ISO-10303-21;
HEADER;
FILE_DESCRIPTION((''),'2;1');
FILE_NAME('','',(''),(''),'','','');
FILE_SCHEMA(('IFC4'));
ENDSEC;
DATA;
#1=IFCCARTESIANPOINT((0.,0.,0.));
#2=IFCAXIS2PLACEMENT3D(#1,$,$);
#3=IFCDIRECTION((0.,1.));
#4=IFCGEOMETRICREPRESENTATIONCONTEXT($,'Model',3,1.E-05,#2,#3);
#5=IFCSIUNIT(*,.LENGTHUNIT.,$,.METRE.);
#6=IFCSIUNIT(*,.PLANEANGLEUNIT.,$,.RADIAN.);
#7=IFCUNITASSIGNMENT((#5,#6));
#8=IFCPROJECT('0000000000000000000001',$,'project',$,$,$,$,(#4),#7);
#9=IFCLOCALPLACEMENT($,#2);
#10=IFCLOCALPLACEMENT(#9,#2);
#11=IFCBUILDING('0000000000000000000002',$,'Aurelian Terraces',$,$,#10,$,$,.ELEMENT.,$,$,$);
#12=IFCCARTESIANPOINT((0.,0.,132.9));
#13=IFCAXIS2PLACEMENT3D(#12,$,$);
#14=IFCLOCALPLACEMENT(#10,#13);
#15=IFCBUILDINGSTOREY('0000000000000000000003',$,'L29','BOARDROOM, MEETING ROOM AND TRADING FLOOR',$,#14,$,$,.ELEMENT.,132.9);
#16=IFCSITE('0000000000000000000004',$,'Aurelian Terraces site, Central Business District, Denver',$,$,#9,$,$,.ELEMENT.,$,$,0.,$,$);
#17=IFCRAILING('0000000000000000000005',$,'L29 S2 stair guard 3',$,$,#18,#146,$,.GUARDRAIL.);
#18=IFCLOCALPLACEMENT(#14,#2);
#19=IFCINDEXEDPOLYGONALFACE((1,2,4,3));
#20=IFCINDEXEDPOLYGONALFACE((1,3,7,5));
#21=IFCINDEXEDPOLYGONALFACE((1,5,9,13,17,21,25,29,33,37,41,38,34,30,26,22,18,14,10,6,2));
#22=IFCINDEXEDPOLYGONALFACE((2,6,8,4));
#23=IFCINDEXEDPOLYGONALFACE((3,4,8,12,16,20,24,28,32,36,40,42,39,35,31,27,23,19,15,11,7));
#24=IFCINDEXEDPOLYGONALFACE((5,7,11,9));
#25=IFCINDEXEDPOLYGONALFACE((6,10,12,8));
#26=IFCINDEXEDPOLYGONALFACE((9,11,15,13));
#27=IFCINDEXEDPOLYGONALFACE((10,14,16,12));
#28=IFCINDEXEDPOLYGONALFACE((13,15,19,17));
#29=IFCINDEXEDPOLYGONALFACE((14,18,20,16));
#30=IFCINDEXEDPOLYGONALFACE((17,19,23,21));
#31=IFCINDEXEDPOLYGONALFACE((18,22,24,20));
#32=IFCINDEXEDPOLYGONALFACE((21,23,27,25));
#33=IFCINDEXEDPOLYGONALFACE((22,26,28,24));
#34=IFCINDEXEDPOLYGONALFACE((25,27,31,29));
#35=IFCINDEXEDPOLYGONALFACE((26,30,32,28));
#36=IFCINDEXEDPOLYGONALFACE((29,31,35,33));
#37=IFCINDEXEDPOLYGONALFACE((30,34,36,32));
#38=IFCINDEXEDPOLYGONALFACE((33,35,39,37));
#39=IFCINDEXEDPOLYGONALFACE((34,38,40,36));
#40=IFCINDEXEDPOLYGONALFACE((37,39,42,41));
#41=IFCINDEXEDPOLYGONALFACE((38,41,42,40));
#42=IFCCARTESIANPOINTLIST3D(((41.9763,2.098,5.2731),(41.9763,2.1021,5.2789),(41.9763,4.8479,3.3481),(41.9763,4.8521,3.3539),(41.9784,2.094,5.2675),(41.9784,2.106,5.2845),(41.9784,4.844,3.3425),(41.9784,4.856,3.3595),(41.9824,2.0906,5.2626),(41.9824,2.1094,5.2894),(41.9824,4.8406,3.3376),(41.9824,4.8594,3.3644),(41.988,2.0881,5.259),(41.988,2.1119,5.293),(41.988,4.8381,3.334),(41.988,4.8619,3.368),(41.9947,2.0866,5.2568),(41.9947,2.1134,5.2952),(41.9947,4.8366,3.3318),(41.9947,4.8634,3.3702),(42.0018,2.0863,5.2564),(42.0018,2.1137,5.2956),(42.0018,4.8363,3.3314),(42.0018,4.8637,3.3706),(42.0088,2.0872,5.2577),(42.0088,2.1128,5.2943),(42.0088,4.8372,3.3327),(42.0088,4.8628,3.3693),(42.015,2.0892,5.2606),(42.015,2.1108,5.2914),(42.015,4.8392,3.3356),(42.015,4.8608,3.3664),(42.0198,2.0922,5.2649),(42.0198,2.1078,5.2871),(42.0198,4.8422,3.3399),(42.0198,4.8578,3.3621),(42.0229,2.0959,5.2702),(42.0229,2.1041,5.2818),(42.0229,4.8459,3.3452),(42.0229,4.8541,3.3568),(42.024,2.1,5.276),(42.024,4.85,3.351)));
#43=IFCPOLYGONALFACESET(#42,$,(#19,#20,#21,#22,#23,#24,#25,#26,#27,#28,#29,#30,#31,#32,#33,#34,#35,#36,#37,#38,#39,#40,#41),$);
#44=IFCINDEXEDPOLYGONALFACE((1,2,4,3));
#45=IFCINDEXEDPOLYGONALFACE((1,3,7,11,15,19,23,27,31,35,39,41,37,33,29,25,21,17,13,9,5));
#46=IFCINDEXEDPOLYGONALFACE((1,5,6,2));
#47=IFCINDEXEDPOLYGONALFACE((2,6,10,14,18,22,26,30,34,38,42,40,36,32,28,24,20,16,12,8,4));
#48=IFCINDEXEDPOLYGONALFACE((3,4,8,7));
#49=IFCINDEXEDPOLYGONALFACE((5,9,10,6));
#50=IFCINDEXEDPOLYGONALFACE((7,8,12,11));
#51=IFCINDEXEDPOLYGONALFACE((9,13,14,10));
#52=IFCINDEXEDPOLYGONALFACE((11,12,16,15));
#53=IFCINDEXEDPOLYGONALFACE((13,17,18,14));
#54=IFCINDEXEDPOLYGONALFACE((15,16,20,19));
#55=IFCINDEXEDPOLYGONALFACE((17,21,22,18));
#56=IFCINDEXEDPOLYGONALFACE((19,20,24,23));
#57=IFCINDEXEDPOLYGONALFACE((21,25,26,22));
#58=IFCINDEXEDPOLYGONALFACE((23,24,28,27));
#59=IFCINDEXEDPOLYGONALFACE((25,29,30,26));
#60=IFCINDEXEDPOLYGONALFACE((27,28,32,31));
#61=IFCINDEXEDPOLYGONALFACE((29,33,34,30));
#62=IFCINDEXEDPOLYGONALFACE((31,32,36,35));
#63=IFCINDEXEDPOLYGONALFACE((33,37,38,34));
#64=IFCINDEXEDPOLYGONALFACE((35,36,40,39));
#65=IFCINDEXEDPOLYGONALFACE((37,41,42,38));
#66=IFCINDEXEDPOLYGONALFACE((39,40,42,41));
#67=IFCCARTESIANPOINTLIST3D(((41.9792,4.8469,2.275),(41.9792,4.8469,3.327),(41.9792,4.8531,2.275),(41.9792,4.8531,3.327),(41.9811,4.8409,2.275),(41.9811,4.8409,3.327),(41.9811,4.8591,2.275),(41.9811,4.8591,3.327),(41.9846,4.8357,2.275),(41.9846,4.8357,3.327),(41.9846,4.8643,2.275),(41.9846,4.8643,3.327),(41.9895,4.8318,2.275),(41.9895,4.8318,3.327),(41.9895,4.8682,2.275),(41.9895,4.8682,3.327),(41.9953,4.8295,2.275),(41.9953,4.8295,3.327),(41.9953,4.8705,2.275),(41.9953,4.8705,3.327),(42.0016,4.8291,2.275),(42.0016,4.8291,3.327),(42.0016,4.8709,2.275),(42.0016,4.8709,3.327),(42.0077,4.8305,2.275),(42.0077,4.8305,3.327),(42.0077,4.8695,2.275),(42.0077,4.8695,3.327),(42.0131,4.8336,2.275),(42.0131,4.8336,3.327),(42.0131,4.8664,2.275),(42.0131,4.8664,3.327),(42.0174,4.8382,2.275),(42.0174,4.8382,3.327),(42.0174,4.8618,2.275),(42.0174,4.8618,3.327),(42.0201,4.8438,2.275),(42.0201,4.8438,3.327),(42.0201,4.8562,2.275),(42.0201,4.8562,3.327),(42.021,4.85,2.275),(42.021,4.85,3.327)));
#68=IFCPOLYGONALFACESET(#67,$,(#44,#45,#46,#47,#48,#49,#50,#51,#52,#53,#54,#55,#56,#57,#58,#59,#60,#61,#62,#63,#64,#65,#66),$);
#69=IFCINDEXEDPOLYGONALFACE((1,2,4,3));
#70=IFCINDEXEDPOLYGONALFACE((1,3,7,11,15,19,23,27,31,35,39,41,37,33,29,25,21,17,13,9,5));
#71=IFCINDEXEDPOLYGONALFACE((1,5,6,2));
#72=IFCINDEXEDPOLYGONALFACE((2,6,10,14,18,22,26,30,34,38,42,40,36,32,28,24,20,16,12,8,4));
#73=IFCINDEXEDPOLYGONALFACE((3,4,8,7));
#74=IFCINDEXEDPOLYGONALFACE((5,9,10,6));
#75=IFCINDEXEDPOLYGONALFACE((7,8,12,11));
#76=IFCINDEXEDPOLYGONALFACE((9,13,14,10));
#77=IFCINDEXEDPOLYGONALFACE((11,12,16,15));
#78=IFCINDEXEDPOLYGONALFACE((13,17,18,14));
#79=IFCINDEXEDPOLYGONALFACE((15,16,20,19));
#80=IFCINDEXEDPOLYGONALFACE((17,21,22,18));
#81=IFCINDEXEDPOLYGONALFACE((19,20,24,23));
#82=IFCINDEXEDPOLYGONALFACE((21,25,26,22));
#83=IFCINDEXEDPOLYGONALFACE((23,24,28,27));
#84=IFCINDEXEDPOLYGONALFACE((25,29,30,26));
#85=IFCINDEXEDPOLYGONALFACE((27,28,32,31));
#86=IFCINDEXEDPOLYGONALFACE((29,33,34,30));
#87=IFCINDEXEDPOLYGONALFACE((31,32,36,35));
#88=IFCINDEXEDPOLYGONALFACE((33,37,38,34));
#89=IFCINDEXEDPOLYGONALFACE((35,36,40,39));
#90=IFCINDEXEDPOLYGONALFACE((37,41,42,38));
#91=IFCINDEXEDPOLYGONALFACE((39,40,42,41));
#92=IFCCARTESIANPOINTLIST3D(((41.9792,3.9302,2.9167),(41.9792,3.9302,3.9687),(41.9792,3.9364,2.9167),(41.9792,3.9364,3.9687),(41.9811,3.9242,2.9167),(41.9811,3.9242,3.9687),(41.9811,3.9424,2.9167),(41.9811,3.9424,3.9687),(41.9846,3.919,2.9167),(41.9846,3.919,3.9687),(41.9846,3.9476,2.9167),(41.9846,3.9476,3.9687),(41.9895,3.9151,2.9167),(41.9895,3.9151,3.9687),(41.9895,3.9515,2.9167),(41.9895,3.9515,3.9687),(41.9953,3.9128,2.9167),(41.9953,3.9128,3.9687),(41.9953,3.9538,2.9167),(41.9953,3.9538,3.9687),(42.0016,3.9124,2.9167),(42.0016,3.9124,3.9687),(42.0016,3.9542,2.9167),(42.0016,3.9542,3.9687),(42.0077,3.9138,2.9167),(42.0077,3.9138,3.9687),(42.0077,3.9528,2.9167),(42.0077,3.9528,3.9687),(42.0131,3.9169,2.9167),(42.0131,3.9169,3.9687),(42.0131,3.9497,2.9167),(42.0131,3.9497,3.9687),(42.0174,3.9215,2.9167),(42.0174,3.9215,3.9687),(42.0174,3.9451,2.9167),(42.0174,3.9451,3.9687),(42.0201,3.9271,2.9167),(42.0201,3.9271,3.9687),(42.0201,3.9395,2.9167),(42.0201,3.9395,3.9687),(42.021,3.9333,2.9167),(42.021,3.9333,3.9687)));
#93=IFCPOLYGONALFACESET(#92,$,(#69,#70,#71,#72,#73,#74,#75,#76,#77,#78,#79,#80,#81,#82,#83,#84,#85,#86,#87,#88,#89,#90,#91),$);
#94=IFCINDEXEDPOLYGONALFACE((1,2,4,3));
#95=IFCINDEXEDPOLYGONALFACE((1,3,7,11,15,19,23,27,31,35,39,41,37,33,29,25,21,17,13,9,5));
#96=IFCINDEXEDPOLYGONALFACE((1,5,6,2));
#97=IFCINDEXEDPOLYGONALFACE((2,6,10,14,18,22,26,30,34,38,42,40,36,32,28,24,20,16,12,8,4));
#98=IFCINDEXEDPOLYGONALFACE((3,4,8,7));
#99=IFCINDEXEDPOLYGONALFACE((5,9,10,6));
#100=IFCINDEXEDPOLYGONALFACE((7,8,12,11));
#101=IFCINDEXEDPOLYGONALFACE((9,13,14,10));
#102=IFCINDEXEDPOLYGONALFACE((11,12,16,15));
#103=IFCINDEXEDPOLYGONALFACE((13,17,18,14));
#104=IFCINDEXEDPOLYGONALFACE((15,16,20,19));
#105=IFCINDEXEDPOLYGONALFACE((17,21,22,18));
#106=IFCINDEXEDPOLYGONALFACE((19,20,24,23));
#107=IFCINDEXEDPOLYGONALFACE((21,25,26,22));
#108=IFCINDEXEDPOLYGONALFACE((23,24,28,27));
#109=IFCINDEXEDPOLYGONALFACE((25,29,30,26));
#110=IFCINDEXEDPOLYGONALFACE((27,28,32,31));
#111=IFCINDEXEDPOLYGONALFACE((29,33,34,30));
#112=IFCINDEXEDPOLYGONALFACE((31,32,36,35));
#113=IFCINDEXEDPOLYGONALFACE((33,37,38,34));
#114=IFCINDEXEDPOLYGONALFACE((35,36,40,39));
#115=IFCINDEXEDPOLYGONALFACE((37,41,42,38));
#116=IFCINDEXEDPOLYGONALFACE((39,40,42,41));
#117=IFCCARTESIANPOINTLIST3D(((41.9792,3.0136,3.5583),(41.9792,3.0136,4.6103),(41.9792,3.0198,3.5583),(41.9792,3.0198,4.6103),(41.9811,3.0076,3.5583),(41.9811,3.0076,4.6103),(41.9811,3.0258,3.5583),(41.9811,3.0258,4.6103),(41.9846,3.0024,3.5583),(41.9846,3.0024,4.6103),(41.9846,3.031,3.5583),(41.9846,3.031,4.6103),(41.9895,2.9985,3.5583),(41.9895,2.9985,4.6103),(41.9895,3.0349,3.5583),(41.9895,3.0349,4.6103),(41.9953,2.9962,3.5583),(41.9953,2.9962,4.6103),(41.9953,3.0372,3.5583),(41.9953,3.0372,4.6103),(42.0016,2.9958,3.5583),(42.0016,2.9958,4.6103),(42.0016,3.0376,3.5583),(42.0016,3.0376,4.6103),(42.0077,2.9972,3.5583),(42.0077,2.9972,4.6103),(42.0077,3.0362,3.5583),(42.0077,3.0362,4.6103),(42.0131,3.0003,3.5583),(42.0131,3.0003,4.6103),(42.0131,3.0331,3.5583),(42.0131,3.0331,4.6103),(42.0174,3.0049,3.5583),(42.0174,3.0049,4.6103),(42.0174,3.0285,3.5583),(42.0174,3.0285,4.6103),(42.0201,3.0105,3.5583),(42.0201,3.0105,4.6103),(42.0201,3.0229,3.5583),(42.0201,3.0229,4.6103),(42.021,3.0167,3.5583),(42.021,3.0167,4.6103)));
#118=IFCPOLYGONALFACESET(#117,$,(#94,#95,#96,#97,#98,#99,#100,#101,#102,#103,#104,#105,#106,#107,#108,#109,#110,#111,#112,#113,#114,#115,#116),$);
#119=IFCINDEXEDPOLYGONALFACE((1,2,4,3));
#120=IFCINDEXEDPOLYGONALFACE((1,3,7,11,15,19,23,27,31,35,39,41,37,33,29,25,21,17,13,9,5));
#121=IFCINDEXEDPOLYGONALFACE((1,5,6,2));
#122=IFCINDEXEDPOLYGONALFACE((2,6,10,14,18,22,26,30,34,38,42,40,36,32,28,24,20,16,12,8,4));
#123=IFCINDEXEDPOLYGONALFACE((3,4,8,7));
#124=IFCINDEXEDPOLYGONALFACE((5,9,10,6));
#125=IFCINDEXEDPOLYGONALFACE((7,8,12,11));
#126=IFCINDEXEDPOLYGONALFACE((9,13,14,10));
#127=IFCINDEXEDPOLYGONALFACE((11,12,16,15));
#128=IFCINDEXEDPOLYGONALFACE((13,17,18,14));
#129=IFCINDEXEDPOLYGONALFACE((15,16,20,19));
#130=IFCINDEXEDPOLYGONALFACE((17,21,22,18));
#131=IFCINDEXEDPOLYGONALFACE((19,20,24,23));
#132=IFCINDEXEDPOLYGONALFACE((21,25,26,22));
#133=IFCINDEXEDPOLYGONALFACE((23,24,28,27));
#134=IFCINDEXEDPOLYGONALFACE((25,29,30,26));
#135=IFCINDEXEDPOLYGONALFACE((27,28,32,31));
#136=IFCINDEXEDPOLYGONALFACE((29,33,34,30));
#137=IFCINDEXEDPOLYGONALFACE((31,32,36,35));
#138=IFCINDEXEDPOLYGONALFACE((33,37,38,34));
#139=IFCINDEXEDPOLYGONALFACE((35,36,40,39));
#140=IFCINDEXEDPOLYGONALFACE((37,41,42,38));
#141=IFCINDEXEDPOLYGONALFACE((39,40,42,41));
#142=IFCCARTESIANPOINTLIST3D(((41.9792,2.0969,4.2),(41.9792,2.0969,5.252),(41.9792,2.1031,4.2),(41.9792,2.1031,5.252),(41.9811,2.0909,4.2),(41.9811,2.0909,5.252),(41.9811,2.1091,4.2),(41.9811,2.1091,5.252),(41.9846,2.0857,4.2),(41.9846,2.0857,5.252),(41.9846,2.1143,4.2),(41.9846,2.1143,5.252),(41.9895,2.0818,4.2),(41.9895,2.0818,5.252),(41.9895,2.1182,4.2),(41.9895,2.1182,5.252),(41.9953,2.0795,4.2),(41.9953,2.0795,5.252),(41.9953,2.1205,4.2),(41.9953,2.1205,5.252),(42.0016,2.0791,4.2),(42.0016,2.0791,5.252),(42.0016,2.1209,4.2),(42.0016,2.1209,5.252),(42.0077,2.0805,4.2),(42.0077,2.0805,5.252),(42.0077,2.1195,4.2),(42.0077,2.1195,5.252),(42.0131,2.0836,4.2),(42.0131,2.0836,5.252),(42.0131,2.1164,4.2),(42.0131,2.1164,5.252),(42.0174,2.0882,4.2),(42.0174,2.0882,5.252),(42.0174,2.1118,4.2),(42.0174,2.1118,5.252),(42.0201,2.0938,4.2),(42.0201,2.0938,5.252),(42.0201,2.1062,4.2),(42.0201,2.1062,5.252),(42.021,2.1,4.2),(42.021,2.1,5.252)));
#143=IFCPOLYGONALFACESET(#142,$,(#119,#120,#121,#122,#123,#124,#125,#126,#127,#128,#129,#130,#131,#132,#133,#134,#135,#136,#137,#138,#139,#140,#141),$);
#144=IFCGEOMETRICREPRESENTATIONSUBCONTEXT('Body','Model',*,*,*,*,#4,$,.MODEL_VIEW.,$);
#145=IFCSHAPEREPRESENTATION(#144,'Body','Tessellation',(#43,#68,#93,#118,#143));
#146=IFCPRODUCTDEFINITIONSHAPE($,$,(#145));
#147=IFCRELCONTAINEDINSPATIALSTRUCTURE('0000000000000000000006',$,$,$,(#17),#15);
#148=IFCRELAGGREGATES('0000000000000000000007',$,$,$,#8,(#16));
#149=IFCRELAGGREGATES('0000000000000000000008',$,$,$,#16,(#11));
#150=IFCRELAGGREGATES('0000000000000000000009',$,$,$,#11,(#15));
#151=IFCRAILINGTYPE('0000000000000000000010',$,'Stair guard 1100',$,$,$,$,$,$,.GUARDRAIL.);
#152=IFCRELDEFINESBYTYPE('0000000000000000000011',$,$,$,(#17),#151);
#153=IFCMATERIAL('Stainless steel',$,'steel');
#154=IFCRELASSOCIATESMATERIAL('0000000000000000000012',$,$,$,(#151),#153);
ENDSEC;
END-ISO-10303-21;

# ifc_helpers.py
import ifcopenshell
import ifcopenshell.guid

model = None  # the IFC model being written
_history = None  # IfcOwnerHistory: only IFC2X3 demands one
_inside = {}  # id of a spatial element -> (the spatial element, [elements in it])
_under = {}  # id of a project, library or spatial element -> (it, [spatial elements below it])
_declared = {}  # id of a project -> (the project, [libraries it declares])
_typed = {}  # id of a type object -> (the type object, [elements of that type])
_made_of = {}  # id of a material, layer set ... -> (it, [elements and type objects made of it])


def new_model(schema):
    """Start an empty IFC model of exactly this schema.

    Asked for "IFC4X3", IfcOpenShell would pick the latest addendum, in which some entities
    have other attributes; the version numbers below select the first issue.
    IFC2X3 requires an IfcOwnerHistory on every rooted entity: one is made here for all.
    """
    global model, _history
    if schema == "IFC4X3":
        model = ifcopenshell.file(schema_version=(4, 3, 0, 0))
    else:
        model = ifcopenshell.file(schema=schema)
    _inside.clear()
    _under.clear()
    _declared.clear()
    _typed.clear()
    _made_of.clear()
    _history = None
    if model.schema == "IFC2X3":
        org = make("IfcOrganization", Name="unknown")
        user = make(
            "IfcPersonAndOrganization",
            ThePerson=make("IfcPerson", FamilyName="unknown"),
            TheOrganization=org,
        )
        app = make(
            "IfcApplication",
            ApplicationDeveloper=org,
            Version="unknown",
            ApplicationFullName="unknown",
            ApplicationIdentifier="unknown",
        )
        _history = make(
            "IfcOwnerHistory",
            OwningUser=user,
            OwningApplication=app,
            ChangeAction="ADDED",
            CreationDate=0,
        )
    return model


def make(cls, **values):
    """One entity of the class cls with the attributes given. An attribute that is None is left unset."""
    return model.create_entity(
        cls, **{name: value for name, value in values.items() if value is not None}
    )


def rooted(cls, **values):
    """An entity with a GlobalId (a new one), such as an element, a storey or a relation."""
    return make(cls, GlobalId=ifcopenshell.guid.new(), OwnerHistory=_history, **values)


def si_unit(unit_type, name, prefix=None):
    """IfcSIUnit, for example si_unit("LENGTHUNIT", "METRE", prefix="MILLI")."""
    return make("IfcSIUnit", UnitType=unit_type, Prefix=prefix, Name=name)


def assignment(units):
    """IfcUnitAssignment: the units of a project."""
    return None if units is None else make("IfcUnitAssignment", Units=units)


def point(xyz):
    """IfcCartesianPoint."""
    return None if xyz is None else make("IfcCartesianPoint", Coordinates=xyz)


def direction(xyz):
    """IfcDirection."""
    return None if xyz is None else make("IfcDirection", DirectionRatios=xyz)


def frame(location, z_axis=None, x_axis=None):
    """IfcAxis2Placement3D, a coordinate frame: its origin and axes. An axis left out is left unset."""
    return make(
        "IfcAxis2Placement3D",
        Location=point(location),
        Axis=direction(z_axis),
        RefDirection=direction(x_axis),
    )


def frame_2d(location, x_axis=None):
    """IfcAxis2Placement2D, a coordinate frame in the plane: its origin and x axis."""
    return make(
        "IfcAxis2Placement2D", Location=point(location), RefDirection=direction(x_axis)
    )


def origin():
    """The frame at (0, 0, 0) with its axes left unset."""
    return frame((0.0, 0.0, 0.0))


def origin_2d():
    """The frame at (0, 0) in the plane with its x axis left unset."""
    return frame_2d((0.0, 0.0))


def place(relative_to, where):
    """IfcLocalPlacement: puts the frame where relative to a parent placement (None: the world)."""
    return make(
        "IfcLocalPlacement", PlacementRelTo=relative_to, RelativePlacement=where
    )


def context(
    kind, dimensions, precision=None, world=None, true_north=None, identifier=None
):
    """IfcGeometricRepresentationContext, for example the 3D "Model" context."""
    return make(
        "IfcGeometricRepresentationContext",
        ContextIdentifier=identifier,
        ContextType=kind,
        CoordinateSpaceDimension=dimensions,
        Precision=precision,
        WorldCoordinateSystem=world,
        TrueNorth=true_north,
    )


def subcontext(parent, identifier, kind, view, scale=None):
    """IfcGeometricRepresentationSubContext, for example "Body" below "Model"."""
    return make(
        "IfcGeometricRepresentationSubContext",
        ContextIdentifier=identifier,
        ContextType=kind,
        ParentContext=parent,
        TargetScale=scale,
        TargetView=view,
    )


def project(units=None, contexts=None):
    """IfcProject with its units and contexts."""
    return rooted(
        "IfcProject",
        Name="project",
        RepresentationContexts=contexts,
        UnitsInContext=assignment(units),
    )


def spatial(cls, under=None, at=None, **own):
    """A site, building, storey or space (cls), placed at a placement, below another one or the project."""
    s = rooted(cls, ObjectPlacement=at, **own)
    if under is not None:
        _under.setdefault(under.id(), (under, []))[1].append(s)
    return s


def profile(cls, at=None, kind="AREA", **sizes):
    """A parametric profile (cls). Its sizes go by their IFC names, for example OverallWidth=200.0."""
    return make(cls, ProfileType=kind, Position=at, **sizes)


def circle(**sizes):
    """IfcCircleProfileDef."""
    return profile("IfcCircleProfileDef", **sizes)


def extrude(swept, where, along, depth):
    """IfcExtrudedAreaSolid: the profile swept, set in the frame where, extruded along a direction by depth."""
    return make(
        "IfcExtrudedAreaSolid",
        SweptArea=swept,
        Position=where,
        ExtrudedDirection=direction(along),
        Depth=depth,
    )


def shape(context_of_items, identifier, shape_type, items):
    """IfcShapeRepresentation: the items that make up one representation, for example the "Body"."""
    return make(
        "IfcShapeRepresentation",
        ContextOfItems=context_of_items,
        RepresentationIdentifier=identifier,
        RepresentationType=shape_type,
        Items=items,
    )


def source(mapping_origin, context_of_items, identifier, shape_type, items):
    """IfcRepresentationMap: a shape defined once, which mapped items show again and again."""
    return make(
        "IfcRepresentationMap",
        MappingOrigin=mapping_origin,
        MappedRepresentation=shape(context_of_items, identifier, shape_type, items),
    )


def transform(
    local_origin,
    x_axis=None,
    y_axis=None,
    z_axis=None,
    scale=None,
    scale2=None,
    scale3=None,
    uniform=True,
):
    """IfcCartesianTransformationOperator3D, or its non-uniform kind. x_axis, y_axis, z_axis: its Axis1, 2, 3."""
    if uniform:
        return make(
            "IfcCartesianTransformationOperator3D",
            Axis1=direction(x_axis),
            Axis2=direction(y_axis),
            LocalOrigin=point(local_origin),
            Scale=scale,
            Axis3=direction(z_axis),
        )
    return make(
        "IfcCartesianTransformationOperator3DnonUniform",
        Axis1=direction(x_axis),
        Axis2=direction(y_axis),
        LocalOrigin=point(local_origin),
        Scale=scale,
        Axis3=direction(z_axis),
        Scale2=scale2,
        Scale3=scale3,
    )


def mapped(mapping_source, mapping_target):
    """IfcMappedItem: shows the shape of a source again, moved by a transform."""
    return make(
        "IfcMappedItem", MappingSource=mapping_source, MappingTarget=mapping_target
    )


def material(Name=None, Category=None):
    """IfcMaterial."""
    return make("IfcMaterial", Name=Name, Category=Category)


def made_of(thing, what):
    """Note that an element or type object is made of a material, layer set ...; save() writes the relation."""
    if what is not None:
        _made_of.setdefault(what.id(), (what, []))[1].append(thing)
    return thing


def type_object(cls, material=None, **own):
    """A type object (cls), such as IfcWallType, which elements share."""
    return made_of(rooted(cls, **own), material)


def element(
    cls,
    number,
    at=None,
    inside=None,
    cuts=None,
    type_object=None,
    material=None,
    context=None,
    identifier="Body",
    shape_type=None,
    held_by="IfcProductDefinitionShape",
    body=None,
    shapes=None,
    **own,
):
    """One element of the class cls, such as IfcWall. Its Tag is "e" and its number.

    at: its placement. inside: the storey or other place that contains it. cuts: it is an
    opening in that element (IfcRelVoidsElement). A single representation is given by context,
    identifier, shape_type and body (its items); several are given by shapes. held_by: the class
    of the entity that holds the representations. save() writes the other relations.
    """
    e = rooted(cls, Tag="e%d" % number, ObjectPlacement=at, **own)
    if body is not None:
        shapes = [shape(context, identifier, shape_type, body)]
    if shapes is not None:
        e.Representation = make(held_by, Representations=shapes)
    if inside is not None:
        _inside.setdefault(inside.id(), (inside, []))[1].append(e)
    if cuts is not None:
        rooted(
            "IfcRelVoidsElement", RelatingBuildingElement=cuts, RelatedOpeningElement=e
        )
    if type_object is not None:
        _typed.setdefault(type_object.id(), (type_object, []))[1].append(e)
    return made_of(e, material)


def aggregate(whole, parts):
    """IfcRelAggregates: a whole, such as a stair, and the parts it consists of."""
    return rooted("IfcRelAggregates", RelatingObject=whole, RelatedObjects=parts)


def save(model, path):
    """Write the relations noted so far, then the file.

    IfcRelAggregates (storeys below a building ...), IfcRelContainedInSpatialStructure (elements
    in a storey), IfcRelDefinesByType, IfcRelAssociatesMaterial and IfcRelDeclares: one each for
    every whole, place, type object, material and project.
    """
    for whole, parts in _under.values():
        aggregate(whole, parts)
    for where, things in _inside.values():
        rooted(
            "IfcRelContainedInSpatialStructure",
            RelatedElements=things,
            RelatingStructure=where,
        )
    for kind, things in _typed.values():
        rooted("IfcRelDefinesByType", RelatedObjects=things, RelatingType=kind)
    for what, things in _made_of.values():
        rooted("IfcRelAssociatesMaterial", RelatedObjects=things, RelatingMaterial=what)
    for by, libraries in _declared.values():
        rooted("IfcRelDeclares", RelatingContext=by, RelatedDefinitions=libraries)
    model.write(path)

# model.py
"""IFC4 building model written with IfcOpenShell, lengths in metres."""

from ifc_helpers import new_model, si_unit, direction, frame, origin, origin_2d, place, context, subcontext, project, spatial, circle, extrude, source, transform, mapped, material, type_object, element, save


model = new_model("IFC4")

# Units and contexts
model_context = context("Model", 3, precision=1e-05, world=origin(), true_north=direction((0.0, 1.0)))
body_context = subcontext(model_context, "Body", "Model", "MODEL_VIEW")
ifc_project = project(units=[si_unit("LENGTHUNIT", "METRE"), si_unit("PLANEANGLEUNIT", "RADIAN")], contexts=[model_context])

# Site, building, storey
site_placement = place(None, origin())
site = spatial("IfcSite", under=ifc_project, at=site_placement, Name="Aurelian Terraces site, Central Business District, Denver", CompositionType="ELEMENT", RefElevation=0.0)
building_placement = place(site_placement, origin())
building = spatial("IfcBuilding", under=site, at=building_placement, Name="Aurelian Terraces", CompositionType="ELEMENT")
storey_placement = place(building_placement, frame((0.0, 0.0, 132.9)))
storey = spatial("IfcBuildingStorey", under=building, at=storey_placement, Name="L29", Description="BOARDROOM, MEETING ROOM AND TRADING FLOOR", CompositionType="ELEMENT", Elevation=132.9)

# Railing
ifc_material_1 = material(Name="Stainless steel", Category="steel")
railing_type_1 = type_object("IfcRailingType", Name="Stair guard 1100", PredefinedType="GUARDRAIL", material=ifc_material_1)
shared_shape_1 = source(origin(), body_context, "Body", "SweptSolid", [
    extrude(circle(Radius=0.024, at=origin_2d()), frame((0.0, 0.0, 1.076), z_axis=(0.0, -0.819232, 0.573462), x_axis=(1.0, 0.0, 0.0)), (0.0, 0.0, 1.0), 3.3568),
    extrude(circle(Radius=0.021, at=origin_2d()), origin(), (0.0, 0.0, 1.0), 1.052),
    extrude(circle(Radius=0.021, at=origin_2d()), frame((0.0, -0.9167, 0.6417)), (0.0, 0.0, 1.0), 1.052),
    extrude(circle(Radius=0.021, at=origin_2d()), frame((0.0, -1.8333, 1.2833)), (0.0, 0.0, 1.0), 1.052),
    extrude(circle(Radius=0.021, at=origin_2d()), frame((0.0, -2.75, 1.925)), (0.0, 0.0, 1.0), 1.052),
])
railing_1_placement = place(storey_placement, frame((42.0, 4.85, 2.275)))
element("IfcRailing", 1, at=railing_1_placement, inside=storey, type_object=railing_type_1, Name="L29 S2 stair guard 3", PredefinedType="GUARDRAIL", context=body_context, shape_type="MappedRepresentation", body=[
    mapped(shared_shape_1, transform((0.0, 0.0, 0.0), scale=1.0)),
])

save(model, "model.ifc")
